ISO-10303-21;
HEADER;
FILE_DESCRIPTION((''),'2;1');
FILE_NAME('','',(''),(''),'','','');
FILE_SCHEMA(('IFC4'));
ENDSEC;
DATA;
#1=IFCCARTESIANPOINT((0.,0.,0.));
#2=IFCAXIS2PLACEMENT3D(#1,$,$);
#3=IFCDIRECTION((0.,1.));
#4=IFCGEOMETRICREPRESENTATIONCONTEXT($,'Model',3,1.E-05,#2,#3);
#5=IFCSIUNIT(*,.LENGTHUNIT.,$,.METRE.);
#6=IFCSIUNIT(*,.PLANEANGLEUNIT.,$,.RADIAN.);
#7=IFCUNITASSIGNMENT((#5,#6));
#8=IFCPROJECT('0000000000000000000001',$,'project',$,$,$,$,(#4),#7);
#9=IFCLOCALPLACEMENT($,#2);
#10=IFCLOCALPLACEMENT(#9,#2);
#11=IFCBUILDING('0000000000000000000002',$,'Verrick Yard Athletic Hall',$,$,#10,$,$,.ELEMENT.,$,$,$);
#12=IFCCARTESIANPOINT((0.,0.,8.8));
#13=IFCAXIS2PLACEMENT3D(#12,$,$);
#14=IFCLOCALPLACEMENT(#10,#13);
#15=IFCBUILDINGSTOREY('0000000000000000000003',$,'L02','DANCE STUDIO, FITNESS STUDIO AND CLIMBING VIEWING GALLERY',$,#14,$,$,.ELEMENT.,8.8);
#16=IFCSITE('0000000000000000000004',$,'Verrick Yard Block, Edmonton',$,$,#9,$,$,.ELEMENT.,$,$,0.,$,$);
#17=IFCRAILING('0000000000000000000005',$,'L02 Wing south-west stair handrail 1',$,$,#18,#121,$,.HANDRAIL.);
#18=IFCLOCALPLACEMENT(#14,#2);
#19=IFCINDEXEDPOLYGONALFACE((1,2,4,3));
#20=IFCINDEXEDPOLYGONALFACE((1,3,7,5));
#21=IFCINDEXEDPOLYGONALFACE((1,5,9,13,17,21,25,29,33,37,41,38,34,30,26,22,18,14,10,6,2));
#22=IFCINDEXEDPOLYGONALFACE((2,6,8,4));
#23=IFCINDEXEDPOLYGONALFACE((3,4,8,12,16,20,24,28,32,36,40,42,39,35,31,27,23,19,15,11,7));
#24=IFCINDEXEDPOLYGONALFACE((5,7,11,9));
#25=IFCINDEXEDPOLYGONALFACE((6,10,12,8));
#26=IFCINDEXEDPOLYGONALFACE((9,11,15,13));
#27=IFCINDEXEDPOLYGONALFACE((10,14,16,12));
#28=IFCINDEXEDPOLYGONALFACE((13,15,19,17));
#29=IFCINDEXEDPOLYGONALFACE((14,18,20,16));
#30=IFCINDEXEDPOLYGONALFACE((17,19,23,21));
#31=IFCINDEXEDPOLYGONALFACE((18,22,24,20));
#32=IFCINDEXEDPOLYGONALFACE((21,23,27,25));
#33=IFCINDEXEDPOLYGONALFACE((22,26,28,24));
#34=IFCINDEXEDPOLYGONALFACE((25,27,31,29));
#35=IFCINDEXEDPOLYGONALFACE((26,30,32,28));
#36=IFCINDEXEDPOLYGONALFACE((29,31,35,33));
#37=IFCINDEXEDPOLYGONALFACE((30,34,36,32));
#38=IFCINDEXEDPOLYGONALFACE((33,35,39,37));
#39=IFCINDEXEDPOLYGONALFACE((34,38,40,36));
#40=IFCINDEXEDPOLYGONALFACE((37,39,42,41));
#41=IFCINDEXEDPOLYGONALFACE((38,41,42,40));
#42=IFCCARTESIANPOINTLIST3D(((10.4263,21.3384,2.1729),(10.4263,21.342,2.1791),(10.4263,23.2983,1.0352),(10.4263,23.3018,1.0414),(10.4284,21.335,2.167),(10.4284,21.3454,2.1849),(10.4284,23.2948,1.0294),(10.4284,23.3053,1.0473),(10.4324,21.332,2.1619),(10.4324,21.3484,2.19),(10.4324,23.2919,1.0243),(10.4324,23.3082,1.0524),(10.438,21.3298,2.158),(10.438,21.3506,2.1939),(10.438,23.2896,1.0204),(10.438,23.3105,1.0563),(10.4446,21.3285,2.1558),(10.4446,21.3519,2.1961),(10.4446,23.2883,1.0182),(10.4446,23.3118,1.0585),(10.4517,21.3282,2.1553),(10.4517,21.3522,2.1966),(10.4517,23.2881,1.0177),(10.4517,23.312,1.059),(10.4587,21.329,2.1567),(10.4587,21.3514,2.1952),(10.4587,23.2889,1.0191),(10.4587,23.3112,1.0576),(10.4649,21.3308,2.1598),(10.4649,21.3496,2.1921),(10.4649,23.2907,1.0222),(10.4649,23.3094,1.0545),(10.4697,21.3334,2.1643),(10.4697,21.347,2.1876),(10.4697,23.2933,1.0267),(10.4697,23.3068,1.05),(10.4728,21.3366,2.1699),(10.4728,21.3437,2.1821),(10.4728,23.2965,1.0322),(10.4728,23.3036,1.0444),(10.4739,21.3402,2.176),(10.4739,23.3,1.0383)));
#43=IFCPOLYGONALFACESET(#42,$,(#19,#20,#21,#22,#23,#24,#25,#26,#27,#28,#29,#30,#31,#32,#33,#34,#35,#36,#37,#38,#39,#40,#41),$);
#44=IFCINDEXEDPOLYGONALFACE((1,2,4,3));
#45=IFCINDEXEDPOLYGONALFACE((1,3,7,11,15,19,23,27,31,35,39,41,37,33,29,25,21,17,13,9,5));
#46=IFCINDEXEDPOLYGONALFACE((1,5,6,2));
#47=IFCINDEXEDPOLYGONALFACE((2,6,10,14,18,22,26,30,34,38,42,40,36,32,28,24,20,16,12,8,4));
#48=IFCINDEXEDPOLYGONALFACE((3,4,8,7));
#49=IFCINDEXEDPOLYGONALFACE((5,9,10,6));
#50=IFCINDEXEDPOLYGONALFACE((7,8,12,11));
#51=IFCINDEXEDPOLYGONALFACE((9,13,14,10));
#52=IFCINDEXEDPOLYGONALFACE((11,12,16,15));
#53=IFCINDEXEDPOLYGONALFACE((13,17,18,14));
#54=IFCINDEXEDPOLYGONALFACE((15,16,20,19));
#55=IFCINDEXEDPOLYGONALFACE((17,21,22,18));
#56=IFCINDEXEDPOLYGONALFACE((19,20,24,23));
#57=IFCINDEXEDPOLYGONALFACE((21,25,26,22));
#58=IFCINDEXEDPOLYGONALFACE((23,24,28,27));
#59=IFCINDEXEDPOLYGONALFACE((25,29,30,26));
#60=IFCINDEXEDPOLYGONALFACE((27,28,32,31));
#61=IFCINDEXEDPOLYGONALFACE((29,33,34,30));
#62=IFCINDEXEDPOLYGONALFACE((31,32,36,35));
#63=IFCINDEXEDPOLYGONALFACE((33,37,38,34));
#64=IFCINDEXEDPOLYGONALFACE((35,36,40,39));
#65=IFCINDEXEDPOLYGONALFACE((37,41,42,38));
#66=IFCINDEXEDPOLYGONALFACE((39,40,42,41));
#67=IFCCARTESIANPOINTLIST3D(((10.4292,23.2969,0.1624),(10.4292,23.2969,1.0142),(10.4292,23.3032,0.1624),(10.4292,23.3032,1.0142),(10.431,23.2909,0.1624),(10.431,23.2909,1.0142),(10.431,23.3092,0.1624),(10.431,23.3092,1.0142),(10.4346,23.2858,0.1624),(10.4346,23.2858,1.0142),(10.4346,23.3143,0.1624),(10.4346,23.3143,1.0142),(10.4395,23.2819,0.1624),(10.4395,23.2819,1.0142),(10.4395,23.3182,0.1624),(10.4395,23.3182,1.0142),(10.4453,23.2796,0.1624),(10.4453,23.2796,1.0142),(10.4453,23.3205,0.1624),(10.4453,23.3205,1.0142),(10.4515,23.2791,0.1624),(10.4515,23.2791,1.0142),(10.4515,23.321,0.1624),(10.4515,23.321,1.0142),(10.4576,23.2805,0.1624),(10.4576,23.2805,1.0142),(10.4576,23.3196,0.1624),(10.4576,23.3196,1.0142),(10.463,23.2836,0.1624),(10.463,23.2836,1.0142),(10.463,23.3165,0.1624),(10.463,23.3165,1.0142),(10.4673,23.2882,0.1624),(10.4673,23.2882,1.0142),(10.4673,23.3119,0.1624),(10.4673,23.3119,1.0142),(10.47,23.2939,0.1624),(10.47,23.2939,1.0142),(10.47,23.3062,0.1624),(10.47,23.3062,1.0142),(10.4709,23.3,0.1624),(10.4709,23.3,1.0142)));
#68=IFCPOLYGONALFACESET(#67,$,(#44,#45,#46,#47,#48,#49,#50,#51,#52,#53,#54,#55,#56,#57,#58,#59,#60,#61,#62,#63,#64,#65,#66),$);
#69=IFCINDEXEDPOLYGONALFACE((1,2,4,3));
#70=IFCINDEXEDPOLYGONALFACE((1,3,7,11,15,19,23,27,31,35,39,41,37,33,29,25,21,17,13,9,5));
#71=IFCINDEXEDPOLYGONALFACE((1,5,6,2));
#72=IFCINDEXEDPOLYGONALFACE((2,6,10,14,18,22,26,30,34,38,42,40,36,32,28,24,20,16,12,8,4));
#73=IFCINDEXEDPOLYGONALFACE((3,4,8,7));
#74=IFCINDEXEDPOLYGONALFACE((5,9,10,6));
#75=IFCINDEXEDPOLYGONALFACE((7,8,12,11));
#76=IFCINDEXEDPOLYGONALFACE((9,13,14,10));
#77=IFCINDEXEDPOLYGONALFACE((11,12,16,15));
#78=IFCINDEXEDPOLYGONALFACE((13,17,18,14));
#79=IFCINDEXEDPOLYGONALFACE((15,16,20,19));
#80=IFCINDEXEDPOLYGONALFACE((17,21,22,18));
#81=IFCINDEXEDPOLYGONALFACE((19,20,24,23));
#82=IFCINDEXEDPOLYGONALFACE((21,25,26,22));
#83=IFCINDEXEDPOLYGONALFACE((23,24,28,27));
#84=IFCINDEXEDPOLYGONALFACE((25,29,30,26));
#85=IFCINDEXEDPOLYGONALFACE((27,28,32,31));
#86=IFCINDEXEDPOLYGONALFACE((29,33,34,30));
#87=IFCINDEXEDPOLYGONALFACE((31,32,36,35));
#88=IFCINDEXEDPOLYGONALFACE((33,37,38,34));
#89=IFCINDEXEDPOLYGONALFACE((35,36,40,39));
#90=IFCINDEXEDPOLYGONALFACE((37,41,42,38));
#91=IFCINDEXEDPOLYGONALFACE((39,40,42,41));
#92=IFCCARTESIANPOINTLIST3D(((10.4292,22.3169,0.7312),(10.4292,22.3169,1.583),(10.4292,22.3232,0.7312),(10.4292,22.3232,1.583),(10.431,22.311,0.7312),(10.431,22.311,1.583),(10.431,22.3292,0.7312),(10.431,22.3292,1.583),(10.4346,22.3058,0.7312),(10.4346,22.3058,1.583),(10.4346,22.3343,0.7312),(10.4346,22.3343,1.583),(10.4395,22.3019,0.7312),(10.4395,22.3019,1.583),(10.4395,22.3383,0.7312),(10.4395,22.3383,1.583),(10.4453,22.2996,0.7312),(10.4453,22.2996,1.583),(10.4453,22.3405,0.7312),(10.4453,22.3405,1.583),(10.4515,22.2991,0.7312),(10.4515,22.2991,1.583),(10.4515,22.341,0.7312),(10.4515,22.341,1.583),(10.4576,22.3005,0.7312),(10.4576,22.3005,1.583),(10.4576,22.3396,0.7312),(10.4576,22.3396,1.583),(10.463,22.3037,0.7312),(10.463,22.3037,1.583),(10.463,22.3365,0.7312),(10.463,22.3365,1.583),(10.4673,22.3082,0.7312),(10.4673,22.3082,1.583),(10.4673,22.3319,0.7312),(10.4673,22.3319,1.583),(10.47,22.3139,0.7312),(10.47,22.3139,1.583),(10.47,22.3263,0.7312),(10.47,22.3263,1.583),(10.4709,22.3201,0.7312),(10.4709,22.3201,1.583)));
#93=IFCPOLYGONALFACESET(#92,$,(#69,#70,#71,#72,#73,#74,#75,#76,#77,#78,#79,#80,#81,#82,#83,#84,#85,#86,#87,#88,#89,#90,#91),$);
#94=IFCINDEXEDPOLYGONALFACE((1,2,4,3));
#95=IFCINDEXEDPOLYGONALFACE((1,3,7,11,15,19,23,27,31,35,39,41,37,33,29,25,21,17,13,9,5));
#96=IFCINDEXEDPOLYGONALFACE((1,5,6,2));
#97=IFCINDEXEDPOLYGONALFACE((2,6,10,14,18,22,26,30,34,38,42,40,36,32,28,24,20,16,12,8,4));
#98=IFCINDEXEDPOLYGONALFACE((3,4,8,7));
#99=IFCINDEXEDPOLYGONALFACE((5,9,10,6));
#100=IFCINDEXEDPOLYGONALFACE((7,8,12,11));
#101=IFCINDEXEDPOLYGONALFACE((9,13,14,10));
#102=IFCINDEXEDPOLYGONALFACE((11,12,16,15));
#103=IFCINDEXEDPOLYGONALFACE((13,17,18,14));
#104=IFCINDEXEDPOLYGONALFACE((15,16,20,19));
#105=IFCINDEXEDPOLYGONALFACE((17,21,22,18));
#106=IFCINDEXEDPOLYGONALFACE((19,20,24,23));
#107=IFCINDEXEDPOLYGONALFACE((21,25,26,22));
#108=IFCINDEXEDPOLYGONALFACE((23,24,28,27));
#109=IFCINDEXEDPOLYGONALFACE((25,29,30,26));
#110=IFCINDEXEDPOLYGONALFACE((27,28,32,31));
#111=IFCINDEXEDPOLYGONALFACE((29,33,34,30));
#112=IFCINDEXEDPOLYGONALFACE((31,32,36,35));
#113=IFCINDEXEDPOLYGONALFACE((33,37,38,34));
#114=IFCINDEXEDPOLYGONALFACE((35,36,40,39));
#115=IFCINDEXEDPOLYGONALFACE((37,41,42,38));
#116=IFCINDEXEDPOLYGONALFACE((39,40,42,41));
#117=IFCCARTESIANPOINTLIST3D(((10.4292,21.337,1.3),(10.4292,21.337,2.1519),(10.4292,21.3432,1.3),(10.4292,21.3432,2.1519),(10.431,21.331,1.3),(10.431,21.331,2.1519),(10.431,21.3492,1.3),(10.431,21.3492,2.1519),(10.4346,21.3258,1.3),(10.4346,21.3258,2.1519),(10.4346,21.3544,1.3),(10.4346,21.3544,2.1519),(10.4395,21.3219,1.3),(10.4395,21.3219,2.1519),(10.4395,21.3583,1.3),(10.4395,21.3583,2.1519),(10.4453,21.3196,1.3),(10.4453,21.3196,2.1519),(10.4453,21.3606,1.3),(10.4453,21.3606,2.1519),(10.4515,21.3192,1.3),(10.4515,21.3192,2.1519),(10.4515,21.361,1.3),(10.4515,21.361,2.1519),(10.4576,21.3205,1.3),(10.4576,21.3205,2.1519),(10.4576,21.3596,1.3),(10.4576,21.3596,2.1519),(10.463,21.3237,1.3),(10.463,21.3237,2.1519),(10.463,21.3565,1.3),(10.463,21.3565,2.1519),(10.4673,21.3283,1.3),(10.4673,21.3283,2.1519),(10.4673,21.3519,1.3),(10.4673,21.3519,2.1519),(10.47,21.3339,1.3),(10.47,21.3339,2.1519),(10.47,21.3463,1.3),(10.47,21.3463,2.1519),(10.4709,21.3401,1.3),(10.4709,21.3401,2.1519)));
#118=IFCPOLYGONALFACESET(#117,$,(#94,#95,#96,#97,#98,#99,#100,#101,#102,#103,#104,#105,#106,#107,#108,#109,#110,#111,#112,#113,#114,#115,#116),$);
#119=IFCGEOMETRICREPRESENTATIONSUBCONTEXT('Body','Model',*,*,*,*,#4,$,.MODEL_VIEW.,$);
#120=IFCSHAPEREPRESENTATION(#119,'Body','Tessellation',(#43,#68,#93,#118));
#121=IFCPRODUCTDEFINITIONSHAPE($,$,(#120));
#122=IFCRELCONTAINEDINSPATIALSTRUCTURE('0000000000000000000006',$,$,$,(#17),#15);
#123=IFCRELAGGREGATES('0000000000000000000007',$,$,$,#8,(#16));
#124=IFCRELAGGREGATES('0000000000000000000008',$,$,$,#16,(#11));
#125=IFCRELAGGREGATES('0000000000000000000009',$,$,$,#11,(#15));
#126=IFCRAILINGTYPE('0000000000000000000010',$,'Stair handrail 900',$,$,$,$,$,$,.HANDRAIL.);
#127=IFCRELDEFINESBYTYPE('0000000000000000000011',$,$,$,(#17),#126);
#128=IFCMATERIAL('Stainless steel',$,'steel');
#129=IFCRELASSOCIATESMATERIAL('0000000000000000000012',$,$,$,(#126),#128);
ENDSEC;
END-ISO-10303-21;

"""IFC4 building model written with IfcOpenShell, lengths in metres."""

from ifc_helpers import new_model, si_unit, direction, frame, origin, origin_2d, place, context, subcontext, project, spatial, circle, extrude, material, type_object, element, save


model = new_model("IFC4")

# Units and contexts
model_context = context("Model", 3, precision=1e-05, world=origin(), true_north=direction((0.0, 1.0)))
body_context = subcontext(model_context, "Body", "Model", "MODEL_VIEW")
ifc_project = project(units=[si_unit("LENGTHUNIT", "METRE"), si_unit("PLANEANGLEUNIT", "RADIAN")], contexts=[model_context])

# Site, building, storey
site_placement = place(None, origin())
site = spatial("IfcSite", under=ifc_project, at=site_placement, Name="Verrick Yard Block, Edmonton", CompositionType="ELEMENT", RefElevation=0.0)
building_placement = place(site_placement, origin())
building = spatial("IfcBuilding", under=site, at=building_placement, Name="Verrick Yard Athletic Hall", CompositionType="ELEMENT")
storey_placement = place(building_placement, frame((0.0, 0.0, 8.8)))
storey = spatial("IfcBuildingStorey", under=building, at=storey_placement, Name="L02", Description="DANCE STUDIO, FITNESS STUDIO AND CLIMBING VIEWING GALLERY", CompositionType="ELEMENT", Elevation=8.8)

# Railing
ifc_material_1 = material(Name="Stainless steel", Category="steel")
railing_type_1 = type_object("IfcRailingType", Name="Stair handrail 900", PredefinedType="HANDRAIL", material=ifc_material_1)
railing_1_placement = place(storey_placement, frame((10.45, 23.3, 0.1624)))
element("IfcRailing", 1, at=railing_1_placement, inside=storey, type_object=railing_type_1, Name="L02 Wing south-west stair handrail 1", PredefinedType="HANDRAIL", context=body_context, shape_type="SweptSolid", body=[
    extrude(circle(Radius=0.0239, at=origin_2d()), frame((0.0, 0.0, 0.876), z_axis=(0.0, -0.864855, 0.502021), x_axis=(1.0, 0.0, 0.0)), (0.0, 0.0, 1.0), 2.2661),
    extrude(circle(Radius=0.021, at=origin_2d()), origin(), (0.0, 0.0, 1.0), 0.8518),
    extrude(circle(Radius=0.021, at=origin_2d()), frame((0.0, -0.98, 0.5688)), (0.0, 0.0, 1.0), 0.8518),
    extrude(circle(Radius=0.021, at=origin_2d()), frame((0.0, -1.96, 1.1377)), (0.0, 0.0, 1.0), 0.8518),
])

save(model, "model.ifc")
